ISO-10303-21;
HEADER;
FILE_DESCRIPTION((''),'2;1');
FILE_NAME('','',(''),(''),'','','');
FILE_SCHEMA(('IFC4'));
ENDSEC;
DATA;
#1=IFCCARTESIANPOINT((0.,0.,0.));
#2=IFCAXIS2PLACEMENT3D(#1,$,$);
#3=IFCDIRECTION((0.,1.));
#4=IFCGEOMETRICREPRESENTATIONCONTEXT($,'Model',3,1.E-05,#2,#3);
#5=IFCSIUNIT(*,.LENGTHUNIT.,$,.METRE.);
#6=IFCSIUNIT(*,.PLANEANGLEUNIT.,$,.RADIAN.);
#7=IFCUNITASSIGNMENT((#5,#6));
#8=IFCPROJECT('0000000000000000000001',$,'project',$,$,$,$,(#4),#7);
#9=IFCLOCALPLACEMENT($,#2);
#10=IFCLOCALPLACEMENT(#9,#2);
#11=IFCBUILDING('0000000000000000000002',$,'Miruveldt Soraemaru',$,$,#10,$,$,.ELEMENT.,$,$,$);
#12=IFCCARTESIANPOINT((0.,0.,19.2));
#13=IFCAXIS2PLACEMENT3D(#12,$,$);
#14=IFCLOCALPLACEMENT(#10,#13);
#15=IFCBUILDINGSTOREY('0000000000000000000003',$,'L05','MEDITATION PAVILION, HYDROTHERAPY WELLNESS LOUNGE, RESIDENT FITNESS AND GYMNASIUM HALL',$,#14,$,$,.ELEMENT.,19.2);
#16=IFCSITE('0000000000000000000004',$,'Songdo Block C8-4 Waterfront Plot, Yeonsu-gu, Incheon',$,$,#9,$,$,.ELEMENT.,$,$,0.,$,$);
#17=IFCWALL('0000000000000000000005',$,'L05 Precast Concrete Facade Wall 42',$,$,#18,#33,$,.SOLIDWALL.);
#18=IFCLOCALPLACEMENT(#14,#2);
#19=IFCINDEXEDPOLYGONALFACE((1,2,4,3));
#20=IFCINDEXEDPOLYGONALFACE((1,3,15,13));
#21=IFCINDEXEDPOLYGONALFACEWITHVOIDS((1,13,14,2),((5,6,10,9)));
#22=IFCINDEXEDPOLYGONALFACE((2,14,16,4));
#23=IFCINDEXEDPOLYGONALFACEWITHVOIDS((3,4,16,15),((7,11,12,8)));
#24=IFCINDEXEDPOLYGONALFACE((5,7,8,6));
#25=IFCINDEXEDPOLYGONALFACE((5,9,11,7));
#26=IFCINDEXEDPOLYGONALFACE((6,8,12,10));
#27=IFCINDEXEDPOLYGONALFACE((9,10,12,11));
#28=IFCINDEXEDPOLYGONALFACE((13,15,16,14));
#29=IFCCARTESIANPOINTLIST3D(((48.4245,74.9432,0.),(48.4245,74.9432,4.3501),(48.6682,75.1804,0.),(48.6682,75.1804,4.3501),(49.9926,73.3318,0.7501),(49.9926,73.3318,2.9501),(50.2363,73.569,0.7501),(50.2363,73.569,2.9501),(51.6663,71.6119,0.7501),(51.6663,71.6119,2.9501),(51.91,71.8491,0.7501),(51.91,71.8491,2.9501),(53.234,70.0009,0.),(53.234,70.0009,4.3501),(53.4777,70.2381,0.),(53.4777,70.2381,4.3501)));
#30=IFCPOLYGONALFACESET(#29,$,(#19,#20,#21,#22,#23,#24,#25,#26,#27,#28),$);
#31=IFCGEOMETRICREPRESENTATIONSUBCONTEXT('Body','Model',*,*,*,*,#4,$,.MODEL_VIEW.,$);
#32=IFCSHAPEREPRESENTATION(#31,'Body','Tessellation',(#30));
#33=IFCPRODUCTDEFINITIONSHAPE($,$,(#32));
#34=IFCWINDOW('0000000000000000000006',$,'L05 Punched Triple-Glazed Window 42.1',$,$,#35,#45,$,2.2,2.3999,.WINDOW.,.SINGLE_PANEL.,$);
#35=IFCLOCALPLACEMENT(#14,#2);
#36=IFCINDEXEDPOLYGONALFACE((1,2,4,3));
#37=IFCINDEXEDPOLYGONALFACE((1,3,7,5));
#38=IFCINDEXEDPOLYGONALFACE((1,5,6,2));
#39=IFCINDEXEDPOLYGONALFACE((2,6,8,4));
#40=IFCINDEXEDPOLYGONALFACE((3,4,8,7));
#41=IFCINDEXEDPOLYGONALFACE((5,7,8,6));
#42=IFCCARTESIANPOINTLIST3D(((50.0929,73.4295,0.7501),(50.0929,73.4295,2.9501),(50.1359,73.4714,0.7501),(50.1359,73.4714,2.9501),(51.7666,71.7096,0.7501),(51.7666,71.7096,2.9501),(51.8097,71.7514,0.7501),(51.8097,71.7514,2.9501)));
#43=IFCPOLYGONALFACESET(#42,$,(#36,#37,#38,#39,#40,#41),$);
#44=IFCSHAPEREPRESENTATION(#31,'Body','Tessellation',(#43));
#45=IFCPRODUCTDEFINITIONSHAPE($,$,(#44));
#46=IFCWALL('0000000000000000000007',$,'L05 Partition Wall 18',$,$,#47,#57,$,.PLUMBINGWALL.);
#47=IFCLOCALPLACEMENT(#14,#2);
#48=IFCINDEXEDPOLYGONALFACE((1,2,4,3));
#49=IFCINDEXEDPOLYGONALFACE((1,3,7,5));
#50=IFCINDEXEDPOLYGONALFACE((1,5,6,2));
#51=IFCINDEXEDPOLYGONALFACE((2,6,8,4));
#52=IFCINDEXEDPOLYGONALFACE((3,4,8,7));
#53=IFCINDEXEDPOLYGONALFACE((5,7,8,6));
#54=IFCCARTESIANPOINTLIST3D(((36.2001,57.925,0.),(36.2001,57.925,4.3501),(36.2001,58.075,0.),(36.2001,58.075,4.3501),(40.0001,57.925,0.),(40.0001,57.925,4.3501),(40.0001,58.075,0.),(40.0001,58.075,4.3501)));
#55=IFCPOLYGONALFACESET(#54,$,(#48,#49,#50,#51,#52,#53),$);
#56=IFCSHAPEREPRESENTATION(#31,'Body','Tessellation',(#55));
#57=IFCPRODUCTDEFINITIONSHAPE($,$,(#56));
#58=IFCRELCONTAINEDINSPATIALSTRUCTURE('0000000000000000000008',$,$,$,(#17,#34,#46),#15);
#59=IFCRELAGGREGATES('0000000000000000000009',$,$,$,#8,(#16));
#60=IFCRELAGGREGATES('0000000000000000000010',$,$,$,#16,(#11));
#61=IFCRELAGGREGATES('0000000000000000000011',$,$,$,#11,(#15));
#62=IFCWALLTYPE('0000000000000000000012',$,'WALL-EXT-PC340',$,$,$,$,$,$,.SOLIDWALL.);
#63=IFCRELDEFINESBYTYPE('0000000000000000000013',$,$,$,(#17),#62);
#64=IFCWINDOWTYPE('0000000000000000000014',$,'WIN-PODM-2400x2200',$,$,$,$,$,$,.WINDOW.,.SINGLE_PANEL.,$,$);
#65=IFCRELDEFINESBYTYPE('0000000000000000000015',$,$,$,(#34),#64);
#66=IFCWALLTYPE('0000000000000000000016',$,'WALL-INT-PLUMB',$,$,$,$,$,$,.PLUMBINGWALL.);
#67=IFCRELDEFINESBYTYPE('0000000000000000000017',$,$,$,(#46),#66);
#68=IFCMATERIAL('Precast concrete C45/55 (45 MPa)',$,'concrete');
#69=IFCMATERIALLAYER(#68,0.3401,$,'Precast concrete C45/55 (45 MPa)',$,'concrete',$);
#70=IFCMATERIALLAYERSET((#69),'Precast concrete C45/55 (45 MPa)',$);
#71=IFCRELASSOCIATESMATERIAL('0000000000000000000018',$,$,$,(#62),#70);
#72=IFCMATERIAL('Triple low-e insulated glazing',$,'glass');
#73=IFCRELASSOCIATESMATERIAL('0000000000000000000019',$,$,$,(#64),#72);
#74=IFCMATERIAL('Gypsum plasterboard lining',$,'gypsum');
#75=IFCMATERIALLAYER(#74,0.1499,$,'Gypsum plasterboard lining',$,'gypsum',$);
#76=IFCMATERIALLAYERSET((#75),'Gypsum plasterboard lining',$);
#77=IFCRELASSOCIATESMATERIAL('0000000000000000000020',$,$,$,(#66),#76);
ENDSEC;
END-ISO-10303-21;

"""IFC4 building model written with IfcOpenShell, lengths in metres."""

from ifc_helpers import new_model, si_unit, direction, frame, frame_2d, origin, place, context, subcontext, project, spatial, rectangle, extrude, material, layer, layer_set, type_object, element, fill, save


model = new_model("IFC4")

# Units and contexts
model_context = context("Model", 3, precision=1e-05, world=origin(), true_north=direction((0.0, 1.0)))
body_context = subcontext(model_context, "Body", "Model", "MODEL_VIEW")
ifc_project = project(units=[si_unit("LENGTHUNIT", "METRE"), si_unit("PLANEANGLEUNIT", "RADIAN")], contexts=[model_context])

# Site, building, storey
site_placement = place(None, origin())
site = spatial("IfcSite", under=ifc_project, at=site_placement, Name="Songdo Block C8-4 Waterfront Plot, Yeonsu-gu, Incheon", CompositionType="ELEMENT", RefElevation=0.0)
building_placement = place(site_placement, origin())
building = spatial("IfcBuilding", under=site, at=building_placement, Name="Miruveldt Soraemaru", CompositionType="ELEMENT")
storey_placement = place(building_placement, frame((0.0, 0.0, 19.2)))
storey = spatial("IfcBuildingStorey", under=building, at=storey_placement, Name="L05", Description="MEDITATION PAVILION, HYDROTHERAPY WELLNESS LOUNGE, RESIDENT FITNESS AND GYMNASIUM HALL", CompositionType="ELEMENT", Elevation=19.2)

# Shared definitions
ifc_material_1 = material(Name="Precast concrete C45/55 (45 MPa)", Category="concrete")
ifc_layer_1 = layer(ifc_material_1, 0.3401, Name="Precast concrete C45/55 (45 MPa)", Category="concrete")
ifc_layer_set_1 = layer_set([ifc_layer_1], Name="Precast concrete C45/55 (45 MPa)")
wall_type_1 = type_object("IfcWallType", Name="WALL-EXT-PC340", PredefinedType="SOLIDWALL", material=ifc_layer_set_1)
ifc_material_2 = material(Name="Triple low-e insulated glazing", Category="glass")

# Shared definitions
window_type_1 = type_object("IfcWindowType", Name="WIN-PODM-2400x2200", PartitioningType="SINGLE_PANEL", PredefinedType="WINDOW", material=ifc_material_2)

# Wall, opening, window
wall_1_placement = place(storey_placement, frame((53.356, 70.1194, 0.0), z_axis=(0.0, 0.0, 1.0), x_axis=(-0.697412, 0.71667, 0.0)))
wall_1 = element("IfcWall", 1, at=wall_1_placement, inside=storey, type_object=wall_type_1, Name="L05 Precast Concrete Facade Wall 42", PredefinedType="SOLIDWALL", context=body_context, shape_type="SweptSolid", body=[
    extrude(rectangle(XDim=6.8962, YDim=0.3401, at=frame_2d((3.4482, 0.0))), origin(), (0.0, 0.0, 1.0), 4.3501),
])
opening_1_placement = place(wall_1_placement, frame((2.248, 0.0, 0.75)))
opening_1 = element("IfcOpeningElement", 2, at=opening_1_placement, cuts=wall_1, PredefinedType="OPENING", context=body_context, shape_type="SweptSolid", body=[
    extrude(rectangle(XDim=2.3999, YDim=2.2, at=frame_2d((1.2, 1.1001))), frame((0.0, 0.1802, 0.0), z_axis=(0.0, -1.0, 0.0), x_axis=(1.0, 0.0, 0.0)), (0.0, 0.0, 1.0), 0.3601),
])
window_1_placement = place(opening_1_placement, origin())
window_1 = element("IfcWindow", 3, at=window_1_placement, inside=storey, type_object=window_type_1, Name="L05 Punched Triple-Glazed Window 42.1", OverallHeight=2.2, OverallWidth=2.3999, PartitioningType="SINGLE_PANEL", PredefinedType="WINDOW", context=body_context, shape_type="SweptSolid", body=[
    extrude(rectangle(XDim=2.3999, YDim=2.2, at=frame_2d((1.2, 1.1001))), frame((0.0, 0.03, 0.0), z_axis=(0.0, -1.0, 0.0), x_axis=(1.0, 0.0, 0.0)), (0.0, 0.0, 1.0), 0.0601),
])
fill(opening_1, window_1)

# Wall
ifc_material_3 = material(Name="Gypsum plasterboard lining", Category="gypsum")
ifc_layer_2 = layer(ifc_material_3, 0.1499, Name="Gypsum plasterboard lining", Category="gypsum")
ifc_layer_set_2 = layer_set([ifc_layer_2], Name="Gypsum plasterboard lining")
wall_type_2 = type_object("IfcWallType", Name="WALL-INT-PLUMB", PredefinedType="PLUMBINGWALL", material=ifc_layer_set_2)
wall_2_placement = place(storey_placement, frame((40.0, 58.0, 0.0), z_axis=(0.0, 0.0, 1.0), x_axis=(-1.0, 0.0, 0.0)))
element("IfcWall", 4, at=wall_2_placement, inside=storey, type_object=wall_type_2, Name="L05 Partition Wall 18", PredefinedType="PLUMBINGWALL", context=body_context, shape_type="SweptSolid", body=[
    extrude(rectangle(XDim=3.8, YDim=0.1499, at=frame_2d((1.8999, 0.0))), origin(), (0.0, 0.0, 1.0), 4.3501),
])

save(model, "model.ifc")
